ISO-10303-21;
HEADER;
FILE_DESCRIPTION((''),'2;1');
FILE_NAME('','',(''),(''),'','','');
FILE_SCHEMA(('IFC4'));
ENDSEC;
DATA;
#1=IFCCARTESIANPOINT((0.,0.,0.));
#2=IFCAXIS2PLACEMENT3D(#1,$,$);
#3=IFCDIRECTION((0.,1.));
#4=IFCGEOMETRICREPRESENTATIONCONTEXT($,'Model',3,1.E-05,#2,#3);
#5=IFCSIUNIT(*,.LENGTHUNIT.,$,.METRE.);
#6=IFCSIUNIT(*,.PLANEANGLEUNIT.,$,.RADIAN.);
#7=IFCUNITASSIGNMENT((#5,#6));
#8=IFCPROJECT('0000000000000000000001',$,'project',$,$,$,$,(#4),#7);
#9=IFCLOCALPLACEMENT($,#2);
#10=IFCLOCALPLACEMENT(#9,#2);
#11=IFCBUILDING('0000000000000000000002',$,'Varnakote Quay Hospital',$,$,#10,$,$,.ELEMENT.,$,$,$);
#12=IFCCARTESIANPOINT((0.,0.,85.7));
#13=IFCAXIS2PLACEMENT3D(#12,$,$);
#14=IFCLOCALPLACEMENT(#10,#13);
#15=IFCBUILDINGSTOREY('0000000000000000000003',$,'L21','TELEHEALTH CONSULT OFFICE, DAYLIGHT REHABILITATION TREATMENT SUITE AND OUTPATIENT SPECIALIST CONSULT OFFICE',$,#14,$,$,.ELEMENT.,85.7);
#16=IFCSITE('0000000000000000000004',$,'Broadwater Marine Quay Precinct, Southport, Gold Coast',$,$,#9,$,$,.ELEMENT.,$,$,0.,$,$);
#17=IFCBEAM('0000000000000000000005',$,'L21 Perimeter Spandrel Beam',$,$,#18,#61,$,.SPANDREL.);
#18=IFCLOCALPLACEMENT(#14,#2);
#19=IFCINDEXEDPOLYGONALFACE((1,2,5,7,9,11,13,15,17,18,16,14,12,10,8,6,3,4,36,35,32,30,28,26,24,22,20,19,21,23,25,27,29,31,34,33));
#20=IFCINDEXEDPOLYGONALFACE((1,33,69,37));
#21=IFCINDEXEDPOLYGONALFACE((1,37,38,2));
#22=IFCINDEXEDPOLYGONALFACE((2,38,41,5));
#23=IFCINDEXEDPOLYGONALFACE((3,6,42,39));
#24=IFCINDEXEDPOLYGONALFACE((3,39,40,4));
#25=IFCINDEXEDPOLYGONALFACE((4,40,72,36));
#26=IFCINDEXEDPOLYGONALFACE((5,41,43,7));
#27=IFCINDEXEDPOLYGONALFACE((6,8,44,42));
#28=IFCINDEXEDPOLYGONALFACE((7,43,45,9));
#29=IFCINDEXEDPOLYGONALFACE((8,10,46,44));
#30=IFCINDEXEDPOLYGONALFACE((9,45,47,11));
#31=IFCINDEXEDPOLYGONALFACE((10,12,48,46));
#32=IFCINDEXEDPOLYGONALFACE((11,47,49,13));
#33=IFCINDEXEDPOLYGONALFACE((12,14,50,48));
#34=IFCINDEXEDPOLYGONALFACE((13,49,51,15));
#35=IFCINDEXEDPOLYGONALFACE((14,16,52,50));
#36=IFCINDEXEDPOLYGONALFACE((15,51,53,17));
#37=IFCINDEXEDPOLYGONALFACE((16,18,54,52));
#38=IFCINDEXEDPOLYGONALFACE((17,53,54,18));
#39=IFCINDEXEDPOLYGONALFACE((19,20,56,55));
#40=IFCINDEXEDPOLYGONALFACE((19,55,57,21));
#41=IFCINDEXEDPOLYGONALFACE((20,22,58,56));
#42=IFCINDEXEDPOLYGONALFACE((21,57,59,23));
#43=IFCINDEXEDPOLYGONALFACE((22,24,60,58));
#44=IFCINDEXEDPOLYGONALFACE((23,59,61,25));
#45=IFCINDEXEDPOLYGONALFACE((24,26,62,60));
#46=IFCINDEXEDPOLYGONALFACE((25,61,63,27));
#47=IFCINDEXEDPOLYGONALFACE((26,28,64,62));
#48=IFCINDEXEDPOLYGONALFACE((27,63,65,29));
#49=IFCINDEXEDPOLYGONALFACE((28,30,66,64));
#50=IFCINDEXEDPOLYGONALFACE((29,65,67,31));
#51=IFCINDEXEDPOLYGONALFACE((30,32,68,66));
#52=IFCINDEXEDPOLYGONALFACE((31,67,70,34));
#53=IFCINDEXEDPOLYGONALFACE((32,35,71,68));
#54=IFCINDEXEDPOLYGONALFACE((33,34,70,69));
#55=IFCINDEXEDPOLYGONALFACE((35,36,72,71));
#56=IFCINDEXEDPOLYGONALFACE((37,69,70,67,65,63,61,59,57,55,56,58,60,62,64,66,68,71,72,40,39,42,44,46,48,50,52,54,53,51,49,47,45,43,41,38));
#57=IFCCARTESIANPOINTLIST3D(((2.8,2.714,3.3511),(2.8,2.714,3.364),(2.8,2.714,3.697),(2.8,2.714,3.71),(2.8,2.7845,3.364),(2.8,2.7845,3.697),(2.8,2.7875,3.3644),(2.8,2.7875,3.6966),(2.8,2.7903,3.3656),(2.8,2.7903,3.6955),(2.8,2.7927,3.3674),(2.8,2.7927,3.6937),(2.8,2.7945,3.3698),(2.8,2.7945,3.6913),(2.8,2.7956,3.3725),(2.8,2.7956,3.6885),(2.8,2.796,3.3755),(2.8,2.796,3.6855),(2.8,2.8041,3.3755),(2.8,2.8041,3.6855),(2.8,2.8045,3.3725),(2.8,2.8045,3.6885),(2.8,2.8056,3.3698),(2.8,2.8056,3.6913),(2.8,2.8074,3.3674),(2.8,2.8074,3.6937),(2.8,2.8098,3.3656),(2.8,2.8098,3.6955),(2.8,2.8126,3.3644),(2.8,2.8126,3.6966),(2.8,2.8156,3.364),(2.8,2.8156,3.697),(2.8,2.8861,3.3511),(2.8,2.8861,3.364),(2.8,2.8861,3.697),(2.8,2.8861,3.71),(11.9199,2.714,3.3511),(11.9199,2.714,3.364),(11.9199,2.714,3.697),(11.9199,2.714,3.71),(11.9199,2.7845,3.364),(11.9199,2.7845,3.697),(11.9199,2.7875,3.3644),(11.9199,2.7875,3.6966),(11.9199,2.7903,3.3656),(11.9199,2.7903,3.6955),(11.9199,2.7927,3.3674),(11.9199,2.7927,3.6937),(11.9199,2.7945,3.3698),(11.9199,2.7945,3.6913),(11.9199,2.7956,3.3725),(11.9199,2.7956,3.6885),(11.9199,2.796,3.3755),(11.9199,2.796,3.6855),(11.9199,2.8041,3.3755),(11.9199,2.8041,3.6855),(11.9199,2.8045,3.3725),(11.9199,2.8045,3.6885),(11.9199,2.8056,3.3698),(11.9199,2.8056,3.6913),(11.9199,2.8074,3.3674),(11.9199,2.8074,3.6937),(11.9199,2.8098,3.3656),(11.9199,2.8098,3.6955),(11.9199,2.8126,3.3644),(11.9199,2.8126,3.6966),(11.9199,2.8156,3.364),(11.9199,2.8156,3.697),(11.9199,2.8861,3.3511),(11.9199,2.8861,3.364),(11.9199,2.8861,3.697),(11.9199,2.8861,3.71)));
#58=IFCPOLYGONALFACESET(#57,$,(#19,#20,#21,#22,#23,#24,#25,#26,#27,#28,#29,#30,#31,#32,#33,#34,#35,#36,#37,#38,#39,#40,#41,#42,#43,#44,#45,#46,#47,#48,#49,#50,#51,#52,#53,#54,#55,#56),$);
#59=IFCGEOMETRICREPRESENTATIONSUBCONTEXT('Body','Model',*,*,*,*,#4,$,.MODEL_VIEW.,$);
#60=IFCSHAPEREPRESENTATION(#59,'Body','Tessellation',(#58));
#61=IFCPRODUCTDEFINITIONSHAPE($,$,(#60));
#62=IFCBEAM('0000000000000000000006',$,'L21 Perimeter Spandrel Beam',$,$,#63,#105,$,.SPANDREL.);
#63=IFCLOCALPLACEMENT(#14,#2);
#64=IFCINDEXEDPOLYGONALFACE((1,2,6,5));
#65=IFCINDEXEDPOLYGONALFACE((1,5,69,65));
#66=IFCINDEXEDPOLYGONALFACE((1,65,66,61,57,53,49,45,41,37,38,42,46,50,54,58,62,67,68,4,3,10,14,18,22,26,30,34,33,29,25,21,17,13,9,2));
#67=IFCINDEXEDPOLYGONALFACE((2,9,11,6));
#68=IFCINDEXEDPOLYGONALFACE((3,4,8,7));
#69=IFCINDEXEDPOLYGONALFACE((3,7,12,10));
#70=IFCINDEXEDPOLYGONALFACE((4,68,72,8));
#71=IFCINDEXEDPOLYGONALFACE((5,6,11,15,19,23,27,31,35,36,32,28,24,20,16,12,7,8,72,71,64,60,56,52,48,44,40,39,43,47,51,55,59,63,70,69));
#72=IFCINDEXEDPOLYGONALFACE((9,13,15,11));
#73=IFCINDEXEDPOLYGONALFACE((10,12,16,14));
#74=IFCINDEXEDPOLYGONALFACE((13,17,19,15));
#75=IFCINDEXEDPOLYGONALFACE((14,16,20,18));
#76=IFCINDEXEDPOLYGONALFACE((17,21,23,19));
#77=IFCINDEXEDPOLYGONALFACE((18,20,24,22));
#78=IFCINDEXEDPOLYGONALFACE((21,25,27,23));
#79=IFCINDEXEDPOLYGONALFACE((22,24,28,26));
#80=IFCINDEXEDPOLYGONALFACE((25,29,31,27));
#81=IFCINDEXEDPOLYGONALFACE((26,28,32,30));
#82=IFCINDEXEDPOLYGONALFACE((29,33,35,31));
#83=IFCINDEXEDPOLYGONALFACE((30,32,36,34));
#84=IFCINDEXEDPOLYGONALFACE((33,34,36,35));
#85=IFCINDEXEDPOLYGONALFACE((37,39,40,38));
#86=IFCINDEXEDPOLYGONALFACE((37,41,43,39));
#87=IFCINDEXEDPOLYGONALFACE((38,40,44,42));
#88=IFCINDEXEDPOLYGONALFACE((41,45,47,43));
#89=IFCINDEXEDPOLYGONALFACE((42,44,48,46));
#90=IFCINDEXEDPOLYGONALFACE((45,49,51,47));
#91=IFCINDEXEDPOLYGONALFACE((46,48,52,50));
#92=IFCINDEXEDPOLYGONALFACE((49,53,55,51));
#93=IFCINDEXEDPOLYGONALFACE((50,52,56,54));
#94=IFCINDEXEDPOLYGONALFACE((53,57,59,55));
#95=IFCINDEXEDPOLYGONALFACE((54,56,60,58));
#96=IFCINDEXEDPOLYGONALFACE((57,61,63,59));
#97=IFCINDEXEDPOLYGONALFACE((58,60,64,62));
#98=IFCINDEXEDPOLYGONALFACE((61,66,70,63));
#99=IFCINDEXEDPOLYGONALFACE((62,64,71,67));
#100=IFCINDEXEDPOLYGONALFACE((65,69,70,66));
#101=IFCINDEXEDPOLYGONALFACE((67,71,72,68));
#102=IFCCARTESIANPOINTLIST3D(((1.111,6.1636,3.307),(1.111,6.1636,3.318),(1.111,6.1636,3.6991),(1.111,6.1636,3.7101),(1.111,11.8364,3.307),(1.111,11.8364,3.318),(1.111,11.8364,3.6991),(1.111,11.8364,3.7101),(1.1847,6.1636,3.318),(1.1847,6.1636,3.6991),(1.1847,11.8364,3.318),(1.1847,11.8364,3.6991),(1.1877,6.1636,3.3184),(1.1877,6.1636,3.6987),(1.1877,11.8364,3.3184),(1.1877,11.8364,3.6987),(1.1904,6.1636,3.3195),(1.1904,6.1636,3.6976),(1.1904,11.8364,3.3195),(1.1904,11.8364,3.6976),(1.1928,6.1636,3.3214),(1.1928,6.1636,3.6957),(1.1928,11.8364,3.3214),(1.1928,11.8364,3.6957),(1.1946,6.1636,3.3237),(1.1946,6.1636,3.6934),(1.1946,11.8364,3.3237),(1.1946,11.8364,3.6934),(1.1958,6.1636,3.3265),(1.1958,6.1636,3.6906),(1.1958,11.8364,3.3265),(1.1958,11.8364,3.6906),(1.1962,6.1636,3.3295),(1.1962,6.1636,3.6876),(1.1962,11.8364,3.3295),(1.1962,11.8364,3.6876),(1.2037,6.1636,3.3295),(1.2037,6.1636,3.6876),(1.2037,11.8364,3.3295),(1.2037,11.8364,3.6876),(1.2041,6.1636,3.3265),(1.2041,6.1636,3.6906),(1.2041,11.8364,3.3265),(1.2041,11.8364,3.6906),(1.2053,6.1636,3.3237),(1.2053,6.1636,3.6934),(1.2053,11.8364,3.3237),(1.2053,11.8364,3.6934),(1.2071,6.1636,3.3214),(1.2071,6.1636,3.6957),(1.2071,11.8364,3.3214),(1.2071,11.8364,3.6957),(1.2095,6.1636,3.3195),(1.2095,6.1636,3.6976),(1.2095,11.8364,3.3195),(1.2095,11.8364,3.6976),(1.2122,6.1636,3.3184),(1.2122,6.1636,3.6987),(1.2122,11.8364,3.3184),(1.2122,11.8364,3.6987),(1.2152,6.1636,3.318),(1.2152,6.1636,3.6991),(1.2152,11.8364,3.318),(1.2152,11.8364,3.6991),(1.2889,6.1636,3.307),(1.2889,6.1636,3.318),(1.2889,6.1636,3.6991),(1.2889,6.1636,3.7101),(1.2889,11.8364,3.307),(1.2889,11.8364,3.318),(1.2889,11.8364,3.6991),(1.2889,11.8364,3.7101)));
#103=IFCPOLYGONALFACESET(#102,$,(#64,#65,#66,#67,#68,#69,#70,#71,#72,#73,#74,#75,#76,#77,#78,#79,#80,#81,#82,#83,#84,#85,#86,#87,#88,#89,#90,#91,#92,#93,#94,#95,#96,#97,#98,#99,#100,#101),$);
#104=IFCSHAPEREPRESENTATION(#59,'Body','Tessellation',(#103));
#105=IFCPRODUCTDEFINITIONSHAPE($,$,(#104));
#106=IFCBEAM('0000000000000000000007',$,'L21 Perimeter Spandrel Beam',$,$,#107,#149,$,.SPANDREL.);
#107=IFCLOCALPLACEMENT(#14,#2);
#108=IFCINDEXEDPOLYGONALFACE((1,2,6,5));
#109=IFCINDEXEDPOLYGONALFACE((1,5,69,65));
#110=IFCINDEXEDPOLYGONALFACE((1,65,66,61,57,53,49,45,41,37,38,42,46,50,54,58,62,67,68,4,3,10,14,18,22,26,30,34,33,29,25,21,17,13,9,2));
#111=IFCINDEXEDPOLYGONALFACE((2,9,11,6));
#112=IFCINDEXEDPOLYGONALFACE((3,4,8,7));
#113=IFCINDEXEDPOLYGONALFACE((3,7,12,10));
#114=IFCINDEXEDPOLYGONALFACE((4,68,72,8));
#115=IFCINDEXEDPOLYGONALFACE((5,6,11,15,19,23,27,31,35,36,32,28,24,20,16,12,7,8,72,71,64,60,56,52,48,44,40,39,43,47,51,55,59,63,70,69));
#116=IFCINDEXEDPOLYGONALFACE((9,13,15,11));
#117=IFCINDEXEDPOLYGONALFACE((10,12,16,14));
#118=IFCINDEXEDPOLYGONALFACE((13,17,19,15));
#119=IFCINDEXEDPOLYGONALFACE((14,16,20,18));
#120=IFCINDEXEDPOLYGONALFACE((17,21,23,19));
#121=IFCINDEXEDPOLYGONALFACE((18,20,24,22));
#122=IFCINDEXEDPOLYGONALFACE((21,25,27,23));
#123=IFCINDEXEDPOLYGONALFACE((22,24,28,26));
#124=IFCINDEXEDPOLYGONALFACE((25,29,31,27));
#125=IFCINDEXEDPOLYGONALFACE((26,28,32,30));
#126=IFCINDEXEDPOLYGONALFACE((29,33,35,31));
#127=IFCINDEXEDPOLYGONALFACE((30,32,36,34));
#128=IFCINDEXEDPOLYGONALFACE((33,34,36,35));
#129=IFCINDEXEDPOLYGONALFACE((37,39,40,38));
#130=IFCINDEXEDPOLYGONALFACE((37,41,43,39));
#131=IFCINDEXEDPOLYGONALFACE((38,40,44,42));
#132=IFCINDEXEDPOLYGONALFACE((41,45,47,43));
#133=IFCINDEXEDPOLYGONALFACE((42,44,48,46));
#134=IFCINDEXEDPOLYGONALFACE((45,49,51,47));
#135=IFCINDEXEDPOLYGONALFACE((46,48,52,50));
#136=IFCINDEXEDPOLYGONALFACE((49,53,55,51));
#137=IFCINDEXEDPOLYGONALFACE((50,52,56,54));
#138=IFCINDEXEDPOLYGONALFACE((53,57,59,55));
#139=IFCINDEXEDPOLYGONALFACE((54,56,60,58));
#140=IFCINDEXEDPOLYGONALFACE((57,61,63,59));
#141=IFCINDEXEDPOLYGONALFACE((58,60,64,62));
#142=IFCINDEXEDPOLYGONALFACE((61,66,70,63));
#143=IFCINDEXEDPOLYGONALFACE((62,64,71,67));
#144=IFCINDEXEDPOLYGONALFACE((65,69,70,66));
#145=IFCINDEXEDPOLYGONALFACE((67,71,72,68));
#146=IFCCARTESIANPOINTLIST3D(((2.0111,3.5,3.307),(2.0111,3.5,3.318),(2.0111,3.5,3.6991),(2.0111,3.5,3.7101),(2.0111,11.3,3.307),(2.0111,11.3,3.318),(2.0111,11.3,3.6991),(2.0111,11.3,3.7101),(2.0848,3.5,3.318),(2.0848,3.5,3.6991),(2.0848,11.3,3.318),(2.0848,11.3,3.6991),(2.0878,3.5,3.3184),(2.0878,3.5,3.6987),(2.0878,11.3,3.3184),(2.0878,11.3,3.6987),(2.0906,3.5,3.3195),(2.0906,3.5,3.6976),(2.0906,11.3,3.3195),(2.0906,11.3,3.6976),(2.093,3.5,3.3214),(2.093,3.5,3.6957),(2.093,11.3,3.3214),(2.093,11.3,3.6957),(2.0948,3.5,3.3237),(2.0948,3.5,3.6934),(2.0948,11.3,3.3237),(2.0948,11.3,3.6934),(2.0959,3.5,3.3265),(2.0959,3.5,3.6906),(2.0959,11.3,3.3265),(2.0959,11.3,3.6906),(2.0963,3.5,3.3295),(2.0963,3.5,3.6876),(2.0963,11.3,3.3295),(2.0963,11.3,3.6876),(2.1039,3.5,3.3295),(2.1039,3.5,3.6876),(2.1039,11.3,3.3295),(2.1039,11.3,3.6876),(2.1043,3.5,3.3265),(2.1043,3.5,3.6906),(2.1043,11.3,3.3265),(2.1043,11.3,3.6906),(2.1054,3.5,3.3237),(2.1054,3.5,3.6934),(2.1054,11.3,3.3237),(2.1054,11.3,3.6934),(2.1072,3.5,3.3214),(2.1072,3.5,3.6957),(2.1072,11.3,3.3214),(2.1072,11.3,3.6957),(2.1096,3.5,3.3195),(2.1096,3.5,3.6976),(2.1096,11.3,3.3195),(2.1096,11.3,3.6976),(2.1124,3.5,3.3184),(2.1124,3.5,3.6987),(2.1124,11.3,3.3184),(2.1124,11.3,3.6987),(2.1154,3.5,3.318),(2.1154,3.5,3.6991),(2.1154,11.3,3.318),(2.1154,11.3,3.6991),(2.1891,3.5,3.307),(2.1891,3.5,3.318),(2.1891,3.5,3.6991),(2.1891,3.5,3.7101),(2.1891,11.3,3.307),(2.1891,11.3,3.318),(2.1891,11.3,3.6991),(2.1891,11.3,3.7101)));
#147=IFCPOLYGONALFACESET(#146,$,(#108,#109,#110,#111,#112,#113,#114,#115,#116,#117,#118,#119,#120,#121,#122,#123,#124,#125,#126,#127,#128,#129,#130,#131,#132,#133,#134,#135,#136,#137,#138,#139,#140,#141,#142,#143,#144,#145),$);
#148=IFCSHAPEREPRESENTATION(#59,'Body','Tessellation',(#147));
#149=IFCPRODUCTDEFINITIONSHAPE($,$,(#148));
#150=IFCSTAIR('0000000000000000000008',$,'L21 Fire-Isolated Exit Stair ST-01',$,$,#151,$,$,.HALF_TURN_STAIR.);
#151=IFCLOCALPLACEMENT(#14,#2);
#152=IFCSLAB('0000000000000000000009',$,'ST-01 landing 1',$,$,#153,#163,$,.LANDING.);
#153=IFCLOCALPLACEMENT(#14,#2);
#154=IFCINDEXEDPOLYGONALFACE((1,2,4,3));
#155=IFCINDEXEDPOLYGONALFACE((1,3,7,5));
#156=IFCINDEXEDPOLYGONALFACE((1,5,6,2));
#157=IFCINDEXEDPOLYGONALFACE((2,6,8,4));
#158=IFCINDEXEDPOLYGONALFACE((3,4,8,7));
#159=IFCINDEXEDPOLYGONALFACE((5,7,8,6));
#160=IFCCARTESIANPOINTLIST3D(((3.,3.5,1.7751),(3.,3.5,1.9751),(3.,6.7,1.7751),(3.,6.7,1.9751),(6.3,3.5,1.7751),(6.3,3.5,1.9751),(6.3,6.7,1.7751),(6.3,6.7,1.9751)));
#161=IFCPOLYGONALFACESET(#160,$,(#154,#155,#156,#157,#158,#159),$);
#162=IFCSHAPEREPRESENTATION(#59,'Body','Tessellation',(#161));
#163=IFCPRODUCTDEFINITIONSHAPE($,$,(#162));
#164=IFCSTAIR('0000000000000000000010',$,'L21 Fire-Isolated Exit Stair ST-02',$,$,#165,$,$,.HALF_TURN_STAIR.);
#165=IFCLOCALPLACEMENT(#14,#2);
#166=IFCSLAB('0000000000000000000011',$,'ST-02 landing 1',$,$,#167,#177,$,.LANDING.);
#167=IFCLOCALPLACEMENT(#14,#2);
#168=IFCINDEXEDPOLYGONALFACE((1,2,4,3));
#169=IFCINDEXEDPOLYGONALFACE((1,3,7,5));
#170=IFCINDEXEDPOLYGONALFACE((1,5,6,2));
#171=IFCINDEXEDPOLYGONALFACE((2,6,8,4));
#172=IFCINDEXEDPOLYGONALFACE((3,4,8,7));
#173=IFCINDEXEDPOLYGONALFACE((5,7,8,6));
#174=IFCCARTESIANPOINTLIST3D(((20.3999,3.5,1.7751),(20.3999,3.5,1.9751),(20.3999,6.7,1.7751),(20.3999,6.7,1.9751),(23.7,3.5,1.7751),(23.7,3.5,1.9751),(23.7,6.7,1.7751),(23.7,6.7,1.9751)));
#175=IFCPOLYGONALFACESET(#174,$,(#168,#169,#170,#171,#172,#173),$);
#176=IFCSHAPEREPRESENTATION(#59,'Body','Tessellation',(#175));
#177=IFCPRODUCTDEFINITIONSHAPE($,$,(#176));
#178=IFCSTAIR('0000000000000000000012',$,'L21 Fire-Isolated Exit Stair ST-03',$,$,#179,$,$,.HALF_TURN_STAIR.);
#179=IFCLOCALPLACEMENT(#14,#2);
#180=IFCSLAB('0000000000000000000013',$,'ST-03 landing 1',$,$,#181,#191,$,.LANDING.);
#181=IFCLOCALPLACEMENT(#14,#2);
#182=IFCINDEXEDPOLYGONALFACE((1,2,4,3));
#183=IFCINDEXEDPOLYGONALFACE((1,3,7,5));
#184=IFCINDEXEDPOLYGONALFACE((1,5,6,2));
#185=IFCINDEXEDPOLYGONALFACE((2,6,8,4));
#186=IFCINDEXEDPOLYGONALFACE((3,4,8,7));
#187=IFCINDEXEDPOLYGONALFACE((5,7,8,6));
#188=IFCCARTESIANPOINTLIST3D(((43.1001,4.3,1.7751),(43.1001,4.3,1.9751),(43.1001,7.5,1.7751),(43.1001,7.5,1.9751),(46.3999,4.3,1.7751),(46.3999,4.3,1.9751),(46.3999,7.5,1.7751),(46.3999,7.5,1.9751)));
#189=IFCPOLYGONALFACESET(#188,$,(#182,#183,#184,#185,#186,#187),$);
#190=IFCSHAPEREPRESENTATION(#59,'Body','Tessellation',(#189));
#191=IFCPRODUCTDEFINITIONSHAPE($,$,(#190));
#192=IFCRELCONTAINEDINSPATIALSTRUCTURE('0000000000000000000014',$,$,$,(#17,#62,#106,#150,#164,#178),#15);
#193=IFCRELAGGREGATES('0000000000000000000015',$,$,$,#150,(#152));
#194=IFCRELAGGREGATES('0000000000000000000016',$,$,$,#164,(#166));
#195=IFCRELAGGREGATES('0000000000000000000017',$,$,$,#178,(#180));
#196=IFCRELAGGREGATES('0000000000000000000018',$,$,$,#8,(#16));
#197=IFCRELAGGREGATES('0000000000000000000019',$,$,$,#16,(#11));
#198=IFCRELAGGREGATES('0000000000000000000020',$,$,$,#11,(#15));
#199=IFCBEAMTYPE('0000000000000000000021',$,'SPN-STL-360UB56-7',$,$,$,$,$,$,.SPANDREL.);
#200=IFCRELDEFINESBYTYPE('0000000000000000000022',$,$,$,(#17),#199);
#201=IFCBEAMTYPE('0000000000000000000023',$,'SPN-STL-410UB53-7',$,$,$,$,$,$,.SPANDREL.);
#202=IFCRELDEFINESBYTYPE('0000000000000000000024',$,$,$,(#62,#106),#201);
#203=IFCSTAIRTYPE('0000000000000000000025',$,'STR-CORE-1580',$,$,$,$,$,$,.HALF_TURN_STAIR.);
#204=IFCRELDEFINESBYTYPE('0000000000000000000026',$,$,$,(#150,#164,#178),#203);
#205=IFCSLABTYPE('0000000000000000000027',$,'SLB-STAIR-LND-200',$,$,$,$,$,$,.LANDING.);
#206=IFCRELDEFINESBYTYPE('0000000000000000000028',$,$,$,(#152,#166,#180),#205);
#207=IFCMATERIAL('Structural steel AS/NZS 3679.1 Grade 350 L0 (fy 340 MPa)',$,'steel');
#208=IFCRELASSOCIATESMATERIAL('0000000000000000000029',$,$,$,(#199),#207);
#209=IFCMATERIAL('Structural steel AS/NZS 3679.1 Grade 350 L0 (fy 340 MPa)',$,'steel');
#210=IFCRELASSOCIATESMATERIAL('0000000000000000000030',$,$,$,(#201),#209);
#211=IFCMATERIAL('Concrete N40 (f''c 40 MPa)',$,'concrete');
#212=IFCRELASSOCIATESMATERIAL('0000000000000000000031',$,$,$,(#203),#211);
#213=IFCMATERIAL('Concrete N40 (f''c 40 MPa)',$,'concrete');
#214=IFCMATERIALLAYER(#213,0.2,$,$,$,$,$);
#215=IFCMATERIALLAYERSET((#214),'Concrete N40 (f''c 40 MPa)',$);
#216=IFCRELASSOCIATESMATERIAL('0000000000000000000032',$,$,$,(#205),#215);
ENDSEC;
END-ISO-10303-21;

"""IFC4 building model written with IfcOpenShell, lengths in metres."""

from ifc_helpers import new_model, si_unit, direction, frame, origin, origin_2d, place, context, subcontext, project, spatial, polyline, i_section, outline, extrude, material, layer, layer_set, material_profile, profile_set, type_object, element, aggregate, save


model = new_model("IFC4")

# Units and contexts
model_context = context("Model", 3, precision=1e-05, world=origin(), true_north=direction((0.0, 1.0)))
body_context = subcontext(model_context, "Body", "Model", "MODEL_VIEW")
ifc_project = project(units=[si_unit("LENGTHUNIT", "METRE"), si_unit("PLANEANGLEUNIT", "RADIAN")], contexts=[model_context])

# Site, building, storey
site_placement = place(None, origin())
site = spatial("IfcSite", under=ifc_project, at=site_placement, Name="Broadwater Marine Quay Precinct, Southport, Gold Coast", CompositionType="ELEMENT", RefElevation=0.0)
building_placement = place(site_placement, origin())
building = spatial("IfcBuilding", under=site, at=building_placement, Name="Varnakote Quay Hospital", CompositionType="ELEMENT")
storey_placement = place(building_placement, frame((0.0, 0.0, 85.7)))
storey = spatial("IfcBuildingStorey", under=building, at=storey_placement, Name="L21", Description="TELEHEALTH CONSULT OFFICE, DAYLIGHT REHABILITATION TREATMENT SUITE AND OUTPATIENT SPECIALIST CONSULT OFFICE", CompositionType="ELEMENT", Elevation=85.7)

# Beams
ifc_material_1 = material(Name="Structural steel AS/NZS 3679.1 Grade 350 L0 (fy 340 MPa)", Category="steel")
ifc_material_profile_1 = material_profile(ifc_material_1, i_section(OverallWidth=0.1721, OverallDepth=0.3589, WebThickness=0.0081, FlangeThickness=0.0129, FilletRadius=0.0115, at=origin_2d()), Name="360UB56.7")
ifc_profile_set_1 = profile_set([ifc_material_profile_1], Name="Structural steel AS/NZS 3679.1 Grade 350 L0 (fy 340 MPa)")
beam_type_1 = type_object("IfcBeamType", Name="SPN-STL-360UB56-7", PredefinedType="SPANDREL", material=ifc_profile_set_1)
beam_1_placement = place(storey_placement, frame((2.8, 2.8, 3.5305), z_axis=(1.0, 0.0, 0.0), x_axis=(0.0, 1.0, 0.0)))
element("IfcBeam", 1, at=beam_1_placement, inside=storey, type_object=beam_type_1, Name="L21 Perimeter Spandrel Beam", PredefinedType="SPANDREL", context=body_context, shape_type="SweptSolid", body=[
    extrude(i_section(OverallWidth=0.1721, OverallDepth=0.3589, WebThickness=0.0081, FlangeThickness=0.0129, FilletRadius=0.0115, at=origin_2d()), origin(), (0.0, 0.0, 1.0), 9.1199),
])
ifc_material_2 = material(Name="Structural steel AS/NZS 3679.1 Grade 350 L0 (fy 340 MPa)", Category="steel")
ifc_material_profile_2 = material_profile(ifc_material_2, i_section(OverallWidth=0.178, OverallDepth=0.4031, WebThickness=0.0076, FlangeThickness=0.011, FilletRadius=0.0115, at=origin_2d()), Name="410UB53.7")
ifc_profile_set_2 = profile_set([ifc_material_profile_2], Name="Structural steel AS/NZS 3679.1 Grade 350 L0 (fy 340 MPa)")
beam_type_2 = type_object("IfcBeamType", Name="SPN-STL-410UB53-7", PredefinedType="SPANDREL", material=ifc_profile_set_2)
beam_2_placement = place(storey_placement, frame((1.2, 6.1636, 3.5085), z_axis=(0.0, 1.0, 0.0), x_axis=(-1.0, 0.0, 0.0)))
element("IfcBeam", 2, at=beam_2_placement, inside=storey, type_object=beam_type_2, Name="L21 Perimeter Spandrel Beam", PredefinedType="SPANDREL", context=body_context, shape_type="SweptSolid", body=[
    extrude(i_section(OverallWidth=0.178, OverallDepth=0.4031, WebThickness=0.0076, FlangeThickness=0.011, FilletRadius=0.0115, at=origin_2d()), origin(), (0.0, 0.0, 1.0), 5.6729),
])
beam_3_placement = place(storey_placement, frame((2.1001, 3.5, 3.5085), z_axis=(0.0, 1.0, 0.0), x_axis=(-1.0, 0.0, 0.0)))
element("IfcBeam", 3, at=beam_3_placement, inside=storey, type_object=beam_type_2, Name="L21 Perimeter Spandrel Beam", PredefinedType="SPANDREL", context=body_context, shape_type="SweptSolid", body=[
    extrude(i_section(OverallWidth=0.178, OverallDepth=0.4031, WebThickness=0.0076, FlangeThickness=0.011, FilletRadius=0.0115, at=origin_2d()), origin(), (0.0, 0.0, 1.0), 7.8),
])

# Stairs, slabs
ifc_material_3 = material(Name="Concrete N40 (f'c 40 MPa)", Category="concrete")
stair_type = type_object("IfcStairType", Name="STR-CORE-1580", PredefinedType="HALF_TURN_STAIR", material=ifc_material_3)
stair_1_placement = place(storey_placement, origin())
stair_1 = element("IfcStair", 4, at=stair_1_placement, inside=storey, type_object=stair_type, Name="L21 Fire-Isolated Exit Stair ST-01", PredefinedType="HALF_TURN_STAIR")
ifc_material_4 = material(Name="Concrete N40 (f'c 40 MPa)", Category="concrete")
ifc_layer_1 = layer(ifc_material_4, 0.2)
ifc_layer_set_1 = layer_set([ifc_layer_1], Name="Concrete N40 (f'c 40 MPa)")
slab_type_1 = type_object("IfcSlabType", Name="SLB-STAIR-LND-200", PredefinedType="LANDING", material=ifc_layer_set_1)
slab_1_placement = place(storey_placement, frame((0.0, 0.0, 1.7751)))
slab_1 = element("IfcSlab", 5, at=slab_1_placement, type_object=slab_type_1, Name="ST-01 landing 1", PredefinedType="LANDING", context=body_context, shape_type="SweptSolid", body=[
    extrude(outline(polyline([(3.0, 6.7), (3.0, 3.5), (6.3, 3.5), (6.3, 6.7), (3.0, 6.7)])), origin(), (0.0, 0.0, 1.0), 0.2),
])
aggregate(stair_1, [slab_1])
stair_2_placement = place(storey_placement, origin())
stair_2 = element("IfcStair", 6, at=stair_2_placement, inside=storey, type_object=stair_type, Name="L21 Fire-Isolated Exit Stair ST-02", PredefinedType="HALF_TURN_STAIR")
slab_2_placement = place(storey_placement, frame((0.0, 0.0, 1.7751)))
slab_2 = element("IfcSlab", 7, at=slab_2_placement, type_object=slab_type_1, Name="ST-02 landing 1", PredefinedType="LANDING", context=body_context, shape_type="SweptSolid", body=[
    extrude(outline(polyline([(20.3999, 6.7), (20.3999, 3.5), (23.7, 3.5), (23.7, 6.7), (20.3999, 6.7)])), origin(), (0.0, 0.0, 1.0), 0.2),
])
aggregate(stair_2, [slab_2])
stair_3_placement = place(storey_placement, origin())
stair_3 = element("IfcStair", 8, at=stair_3_placement, inside=storey, type_object=stair_type, Name="L21 Fire-Isolated Exit Stair ST-03", PredefinedType="HALF_TURN_STAIR")
slab_3_placement = place(storey_placement, frame((0.0, 0.0, 1.7751)))
slab_3 = element("IfcSlab", 9, at=slab_3_placement, type_object=slab_type_1, Name="ST-03 landing 1", PredefinedType="LANDING", context=body_context, shape_type="SweptSolid", body=[
    extrude(outline(polyline([(43.1001, 7.5), (43.1001, 4.3), (46.3999, 4.3), (46.3999, 7.5), (43.1001, 7.5)])), origin(), (0.0, 0.0, 1.0), 0.2),
])
aggregate(stair_3, [slab_3])

save(model, "model.ifc")
